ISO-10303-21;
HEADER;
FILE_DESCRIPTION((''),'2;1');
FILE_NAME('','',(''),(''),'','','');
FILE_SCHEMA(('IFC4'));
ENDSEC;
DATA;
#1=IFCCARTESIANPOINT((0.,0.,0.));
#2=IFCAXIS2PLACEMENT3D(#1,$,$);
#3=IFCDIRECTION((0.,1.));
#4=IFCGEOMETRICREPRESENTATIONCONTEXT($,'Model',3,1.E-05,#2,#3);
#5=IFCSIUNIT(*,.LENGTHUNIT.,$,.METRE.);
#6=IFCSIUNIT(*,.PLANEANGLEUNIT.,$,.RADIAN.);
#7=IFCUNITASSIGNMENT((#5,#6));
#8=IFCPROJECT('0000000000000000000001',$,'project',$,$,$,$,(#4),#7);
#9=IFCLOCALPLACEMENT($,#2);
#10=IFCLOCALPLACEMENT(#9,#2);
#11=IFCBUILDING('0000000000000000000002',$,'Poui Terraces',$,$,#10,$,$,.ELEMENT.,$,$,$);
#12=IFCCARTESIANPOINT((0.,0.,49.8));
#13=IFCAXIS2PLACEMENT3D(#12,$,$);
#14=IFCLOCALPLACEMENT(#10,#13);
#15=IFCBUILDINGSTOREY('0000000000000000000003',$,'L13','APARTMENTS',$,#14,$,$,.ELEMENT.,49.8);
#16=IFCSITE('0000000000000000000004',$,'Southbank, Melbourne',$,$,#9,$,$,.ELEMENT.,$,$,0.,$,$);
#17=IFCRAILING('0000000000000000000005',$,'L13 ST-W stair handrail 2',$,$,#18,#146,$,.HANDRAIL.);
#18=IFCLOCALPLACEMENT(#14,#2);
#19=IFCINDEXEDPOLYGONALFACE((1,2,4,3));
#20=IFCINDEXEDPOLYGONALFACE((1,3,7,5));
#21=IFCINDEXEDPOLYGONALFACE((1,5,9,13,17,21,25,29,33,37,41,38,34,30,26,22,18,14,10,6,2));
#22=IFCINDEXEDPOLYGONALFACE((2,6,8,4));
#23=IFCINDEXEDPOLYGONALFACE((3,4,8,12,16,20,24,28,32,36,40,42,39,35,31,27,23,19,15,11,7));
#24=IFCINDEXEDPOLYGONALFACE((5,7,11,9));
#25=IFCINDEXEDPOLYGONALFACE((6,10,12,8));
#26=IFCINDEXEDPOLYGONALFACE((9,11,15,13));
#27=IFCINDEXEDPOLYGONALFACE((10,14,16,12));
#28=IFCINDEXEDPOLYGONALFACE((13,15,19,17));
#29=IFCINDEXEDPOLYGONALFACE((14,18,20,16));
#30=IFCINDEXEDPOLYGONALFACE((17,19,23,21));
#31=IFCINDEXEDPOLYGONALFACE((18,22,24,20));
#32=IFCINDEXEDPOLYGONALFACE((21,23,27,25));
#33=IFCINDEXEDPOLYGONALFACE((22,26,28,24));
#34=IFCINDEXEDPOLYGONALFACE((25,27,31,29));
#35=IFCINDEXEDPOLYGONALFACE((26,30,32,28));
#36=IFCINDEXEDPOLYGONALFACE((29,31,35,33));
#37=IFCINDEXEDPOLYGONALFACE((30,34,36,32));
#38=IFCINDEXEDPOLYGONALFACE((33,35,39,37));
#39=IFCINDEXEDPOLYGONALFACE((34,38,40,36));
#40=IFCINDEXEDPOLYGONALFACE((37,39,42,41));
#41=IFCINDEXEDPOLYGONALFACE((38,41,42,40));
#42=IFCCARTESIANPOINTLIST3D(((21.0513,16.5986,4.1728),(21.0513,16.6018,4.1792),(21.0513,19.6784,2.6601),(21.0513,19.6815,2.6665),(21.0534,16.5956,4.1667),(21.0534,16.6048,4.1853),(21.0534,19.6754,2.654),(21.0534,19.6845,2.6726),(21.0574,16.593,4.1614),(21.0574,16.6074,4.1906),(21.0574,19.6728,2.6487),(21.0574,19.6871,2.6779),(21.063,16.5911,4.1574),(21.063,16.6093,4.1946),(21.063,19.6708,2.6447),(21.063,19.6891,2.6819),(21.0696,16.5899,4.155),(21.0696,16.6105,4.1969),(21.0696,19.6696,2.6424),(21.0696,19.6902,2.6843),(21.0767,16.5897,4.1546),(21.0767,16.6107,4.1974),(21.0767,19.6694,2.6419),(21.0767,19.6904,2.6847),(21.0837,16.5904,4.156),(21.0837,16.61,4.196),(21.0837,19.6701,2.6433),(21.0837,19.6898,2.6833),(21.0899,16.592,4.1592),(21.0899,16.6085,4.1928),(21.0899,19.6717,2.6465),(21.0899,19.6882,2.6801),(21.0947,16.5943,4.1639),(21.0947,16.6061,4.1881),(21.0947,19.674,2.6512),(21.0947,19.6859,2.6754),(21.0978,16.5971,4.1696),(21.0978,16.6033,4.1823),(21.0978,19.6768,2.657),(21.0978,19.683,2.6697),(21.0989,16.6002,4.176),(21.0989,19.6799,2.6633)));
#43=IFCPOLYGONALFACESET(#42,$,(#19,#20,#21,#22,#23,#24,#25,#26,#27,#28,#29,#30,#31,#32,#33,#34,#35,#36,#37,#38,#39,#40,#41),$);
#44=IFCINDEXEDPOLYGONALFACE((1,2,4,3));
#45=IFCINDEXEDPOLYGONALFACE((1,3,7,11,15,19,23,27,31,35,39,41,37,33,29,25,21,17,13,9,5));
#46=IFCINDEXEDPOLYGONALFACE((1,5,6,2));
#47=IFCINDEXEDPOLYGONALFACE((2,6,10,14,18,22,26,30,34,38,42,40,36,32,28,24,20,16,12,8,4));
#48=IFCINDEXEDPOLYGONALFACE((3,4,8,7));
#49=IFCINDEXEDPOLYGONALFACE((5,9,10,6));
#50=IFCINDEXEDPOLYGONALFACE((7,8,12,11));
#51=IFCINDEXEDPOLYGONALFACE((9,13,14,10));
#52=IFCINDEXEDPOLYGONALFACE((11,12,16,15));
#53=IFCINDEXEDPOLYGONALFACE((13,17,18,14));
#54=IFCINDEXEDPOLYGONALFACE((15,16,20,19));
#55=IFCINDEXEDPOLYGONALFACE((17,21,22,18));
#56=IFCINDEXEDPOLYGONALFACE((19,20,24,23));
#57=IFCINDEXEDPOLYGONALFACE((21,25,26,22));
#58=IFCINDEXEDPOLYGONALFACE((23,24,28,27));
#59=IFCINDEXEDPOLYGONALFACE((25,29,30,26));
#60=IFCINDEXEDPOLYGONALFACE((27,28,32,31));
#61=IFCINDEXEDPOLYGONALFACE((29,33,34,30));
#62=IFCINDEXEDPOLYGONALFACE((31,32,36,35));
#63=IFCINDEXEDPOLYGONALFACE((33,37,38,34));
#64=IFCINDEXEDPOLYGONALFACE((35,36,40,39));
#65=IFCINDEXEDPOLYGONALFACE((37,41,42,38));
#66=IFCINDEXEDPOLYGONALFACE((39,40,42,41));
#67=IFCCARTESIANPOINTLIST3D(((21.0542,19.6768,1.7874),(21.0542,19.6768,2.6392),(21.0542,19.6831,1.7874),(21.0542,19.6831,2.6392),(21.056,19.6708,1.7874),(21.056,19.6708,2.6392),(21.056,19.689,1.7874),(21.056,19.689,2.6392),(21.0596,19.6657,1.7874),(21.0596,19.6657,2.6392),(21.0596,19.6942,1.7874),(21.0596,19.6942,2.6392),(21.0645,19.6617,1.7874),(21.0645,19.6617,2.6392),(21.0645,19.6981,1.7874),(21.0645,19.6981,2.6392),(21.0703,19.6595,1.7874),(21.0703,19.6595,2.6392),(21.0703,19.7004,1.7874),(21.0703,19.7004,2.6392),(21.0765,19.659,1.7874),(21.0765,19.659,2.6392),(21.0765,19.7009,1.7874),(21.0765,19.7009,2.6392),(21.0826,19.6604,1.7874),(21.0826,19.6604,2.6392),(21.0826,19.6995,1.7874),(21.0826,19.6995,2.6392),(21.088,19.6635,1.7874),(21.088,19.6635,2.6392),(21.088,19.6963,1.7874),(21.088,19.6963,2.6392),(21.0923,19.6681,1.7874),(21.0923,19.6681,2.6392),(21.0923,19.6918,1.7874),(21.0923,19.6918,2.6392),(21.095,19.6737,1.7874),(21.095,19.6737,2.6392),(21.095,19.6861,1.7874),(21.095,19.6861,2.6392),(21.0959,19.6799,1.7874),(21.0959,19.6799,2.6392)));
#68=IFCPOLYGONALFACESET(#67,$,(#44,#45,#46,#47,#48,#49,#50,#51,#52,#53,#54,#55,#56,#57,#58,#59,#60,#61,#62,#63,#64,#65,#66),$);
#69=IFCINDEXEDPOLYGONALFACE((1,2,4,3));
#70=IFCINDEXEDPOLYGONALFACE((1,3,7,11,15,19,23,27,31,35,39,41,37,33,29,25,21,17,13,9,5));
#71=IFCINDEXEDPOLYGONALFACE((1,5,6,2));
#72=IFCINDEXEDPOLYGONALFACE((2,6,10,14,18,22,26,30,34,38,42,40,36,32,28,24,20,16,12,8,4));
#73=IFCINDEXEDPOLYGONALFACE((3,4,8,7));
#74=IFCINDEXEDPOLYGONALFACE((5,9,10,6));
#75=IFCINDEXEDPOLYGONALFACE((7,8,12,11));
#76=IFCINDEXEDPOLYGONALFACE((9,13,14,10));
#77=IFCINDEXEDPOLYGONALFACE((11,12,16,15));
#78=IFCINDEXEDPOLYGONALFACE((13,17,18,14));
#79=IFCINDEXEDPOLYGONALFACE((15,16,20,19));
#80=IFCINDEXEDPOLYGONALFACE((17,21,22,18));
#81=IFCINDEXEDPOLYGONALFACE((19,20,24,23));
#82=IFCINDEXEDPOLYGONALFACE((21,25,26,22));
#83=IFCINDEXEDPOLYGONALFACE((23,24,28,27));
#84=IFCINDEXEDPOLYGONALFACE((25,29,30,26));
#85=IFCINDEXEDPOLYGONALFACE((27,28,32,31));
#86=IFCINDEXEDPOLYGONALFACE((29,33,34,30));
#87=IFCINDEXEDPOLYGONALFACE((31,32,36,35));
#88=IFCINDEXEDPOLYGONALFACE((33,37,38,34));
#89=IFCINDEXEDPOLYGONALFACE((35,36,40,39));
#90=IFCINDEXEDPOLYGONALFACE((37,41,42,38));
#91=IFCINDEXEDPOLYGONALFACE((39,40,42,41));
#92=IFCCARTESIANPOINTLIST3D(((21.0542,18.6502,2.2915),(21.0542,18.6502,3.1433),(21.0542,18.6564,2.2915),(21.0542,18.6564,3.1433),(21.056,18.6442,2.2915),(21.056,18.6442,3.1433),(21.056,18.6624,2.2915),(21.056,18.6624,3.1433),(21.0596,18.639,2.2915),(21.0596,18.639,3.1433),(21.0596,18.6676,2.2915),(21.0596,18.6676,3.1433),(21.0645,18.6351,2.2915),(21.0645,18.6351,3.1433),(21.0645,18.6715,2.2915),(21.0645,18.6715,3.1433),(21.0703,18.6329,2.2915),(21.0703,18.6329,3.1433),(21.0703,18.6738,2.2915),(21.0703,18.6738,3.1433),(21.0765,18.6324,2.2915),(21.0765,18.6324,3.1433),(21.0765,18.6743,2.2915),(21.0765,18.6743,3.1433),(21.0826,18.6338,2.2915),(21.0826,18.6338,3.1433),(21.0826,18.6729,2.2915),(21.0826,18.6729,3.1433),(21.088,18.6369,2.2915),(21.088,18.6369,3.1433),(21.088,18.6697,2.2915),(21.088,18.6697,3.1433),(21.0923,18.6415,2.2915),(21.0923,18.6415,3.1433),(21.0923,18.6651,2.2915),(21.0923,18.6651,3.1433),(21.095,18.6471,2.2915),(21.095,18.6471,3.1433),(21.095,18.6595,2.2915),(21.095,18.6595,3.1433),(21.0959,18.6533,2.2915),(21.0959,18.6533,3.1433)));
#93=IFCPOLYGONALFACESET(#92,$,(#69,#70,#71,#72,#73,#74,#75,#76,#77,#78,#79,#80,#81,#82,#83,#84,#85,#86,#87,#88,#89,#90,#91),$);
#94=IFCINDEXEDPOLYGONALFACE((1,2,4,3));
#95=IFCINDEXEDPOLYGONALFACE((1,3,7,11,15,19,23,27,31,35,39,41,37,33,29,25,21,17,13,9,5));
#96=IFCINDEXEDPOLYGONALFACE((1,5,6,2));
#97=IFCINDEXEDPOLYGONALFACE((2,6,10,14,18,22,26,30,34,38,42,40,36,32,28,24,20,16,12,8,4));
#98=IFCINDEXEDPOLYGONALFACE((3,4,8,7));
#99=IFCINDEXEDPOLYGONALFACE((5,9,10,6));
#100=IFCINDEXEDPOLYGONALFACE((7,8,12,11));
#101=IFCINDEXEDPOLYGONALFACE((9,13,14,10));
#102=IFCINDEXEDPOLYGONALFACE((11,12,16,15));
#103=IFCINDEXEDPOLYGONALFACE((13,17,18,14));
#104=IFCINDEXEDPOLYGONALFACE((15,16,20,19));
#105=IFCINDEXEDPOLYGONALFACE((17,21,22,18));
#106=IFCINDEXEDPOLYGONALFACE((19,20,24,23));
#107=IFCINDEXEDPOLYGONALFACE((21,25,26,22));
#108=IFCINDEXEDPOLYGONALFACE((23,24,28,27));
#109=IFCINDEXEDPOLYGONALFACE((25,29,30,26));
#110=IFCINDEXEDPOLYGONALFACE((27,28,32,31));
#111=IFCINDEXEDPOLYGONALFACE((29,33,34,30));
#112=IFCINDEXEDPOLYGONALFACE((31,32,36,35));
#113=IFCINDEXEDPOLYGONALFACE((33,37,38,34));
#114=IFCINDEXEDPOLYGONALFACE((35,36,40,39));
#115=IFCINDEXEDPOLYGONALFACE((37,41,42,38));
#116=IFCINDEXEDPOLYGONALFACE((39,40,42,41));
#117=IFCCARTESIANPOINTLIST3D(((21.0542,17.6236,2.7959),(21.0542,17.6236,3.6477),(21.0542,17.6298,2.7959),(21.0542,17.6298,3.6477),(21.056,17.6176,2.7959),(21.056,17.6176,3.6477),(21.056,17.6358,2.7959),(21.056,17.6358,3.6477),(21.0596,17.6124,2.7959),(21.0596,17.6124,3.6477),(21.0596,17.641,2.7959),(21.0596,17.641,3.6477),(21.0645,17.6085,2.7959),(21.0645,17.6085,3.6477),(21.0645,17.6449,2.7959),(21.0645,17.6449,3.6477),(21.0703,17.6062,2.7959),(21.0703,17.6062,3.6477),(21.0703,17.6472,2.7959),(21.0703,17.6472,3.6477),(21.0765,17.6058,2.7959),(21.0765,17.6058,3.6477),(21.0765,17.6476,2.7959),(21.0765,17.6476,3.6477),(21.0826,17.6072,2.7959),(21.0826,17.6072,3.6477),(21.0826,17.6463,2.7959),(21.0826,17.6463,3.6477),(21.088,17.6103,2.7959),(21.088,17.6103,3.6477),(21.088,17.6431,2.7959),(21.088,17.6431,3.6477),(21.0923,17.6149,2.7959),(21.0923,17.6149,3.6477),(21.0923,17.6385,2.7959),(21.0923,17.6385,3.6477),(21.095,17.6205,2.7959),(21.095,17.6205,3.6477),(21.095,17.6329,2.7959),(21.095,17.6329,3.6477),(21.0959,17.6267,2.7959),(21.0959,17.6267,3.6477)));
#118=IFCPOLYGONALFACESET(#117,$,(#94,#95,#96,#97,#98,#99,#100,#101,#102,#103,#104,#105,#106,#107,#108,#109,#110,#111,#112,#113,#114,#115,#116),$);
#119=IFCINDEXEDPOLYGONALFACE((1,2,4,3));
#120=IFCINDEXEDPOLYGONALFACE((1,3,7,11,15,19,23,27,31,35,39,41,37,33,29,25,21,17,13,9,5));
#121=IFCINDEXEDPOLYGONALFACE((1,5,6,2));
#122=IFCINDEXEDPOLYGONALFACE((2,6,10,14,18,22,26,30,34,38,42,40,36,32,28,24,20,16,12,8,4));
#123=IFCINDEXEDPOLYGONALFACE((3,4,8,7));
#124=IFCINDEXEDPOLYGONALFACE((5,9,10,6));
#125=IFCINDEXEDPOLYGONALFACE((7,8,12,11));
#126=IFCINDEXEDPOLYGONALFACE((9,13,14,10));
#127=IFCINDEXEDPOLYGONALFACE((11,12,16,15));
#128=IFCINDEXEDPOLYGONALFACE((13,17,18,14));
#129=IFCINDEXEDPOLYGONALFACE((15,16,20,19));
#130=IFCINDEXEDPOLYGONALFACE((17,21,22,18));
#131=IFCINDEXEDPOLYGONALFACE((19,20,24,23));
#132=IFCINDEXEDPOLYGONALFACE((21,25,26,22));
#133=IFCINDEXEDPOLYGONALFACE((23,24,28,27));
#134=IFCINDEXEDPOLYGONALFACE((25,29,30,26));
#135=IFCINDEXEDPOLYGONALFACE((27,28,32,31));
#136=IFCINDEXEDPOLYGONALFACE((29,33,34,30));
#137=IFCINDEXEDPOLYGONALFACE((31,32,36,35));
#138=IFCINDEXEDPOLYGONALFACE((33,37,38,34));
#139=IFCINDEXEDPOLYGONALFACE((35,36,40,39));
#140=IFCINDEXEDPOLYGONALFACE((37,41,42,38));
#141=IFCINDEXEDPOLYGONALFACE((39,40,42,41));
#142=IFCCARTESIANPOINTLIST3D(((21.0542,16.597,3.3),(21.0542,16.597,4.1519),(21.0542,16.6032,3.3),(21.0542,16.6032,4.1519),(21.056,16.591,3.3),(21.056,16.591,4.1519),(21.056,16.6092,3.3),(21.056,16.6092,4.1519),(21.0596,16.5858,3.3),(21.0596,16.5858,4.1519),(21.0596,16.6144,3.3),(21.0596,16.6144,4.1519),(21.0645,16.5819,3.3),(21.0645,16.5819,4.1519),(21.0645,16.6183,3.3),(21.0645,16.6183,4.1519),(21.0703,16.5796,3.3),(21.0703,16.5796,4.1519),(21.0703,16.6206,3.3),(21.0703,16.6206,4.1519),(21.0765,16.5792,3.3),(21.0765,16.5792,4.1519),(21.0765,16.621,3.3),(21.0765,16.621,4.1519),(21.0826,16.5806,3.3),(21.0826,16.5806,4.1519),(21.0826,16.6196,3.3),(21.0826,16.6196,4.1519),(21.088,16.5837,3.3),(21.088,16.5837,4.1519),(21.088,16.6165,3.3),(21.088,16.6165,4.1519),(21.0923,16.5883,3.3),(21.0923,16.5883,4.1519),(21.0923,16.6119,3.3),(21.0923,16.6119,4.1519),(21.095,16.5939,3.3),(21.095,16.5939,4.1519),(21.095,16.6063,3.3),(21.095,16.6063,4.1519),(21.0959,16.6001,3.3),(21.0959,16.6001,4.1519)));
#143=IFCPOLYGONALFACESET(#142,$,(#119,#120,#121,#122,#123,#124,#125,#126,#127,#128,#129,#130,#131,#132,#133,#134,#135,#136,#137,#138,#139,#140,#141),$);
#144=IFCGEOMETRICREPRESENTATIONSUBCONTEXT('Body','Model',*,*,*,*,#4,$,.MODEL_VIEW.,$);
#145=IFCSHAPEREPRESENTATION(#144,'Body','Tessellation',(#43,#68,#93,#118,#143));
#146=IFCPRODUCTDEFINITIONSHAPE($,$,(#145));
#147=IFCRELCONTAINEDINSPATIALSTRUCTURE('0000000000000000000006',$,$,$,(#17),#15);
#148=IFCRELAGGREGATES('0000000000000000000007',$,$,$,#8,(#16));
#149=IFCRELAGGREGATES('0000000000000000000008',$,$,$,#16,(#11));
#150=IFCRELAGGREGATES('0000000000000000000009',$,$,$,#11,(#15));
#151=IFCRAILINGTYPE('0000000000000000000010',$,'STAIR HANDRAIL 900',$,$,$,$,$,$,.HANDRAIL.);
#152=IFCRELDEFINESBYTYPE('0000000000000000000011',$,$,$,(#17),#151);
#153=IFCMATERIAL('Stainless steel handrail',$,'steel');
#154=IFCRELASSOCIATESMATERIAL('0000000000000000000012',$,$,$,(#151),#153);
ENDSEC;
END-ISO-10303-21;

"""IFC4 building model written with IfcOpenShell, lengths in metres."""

from ifc_helpers import new_model, si_unit, direction, frame, origin, origin_2d, place, context, subcontext, project, spatial, circle, extrude, material, type_object, element, save


model = new_model("IFC4")

# Units and contexts
model_context = context("Model", 3, precision=1e-05, world=origin(), true_north=direction((0.0, 1.0)))
body_context = subcontext(model_context, "Body", "Model", "MODEL_VIEW")
ifc_project = project(units=[si_unit("LENGTHUNIT", "METRE"), si_unit("PLANEANGLEUNIT", "RADIAN")], contexts=[model_context])

# Site, building, storey
site_placement = place(None, origin())
site = spatial("IfcSite", under=ifc_project, at=site_placement, Name="Southbank, Melbourne", CompositionType="ELEMENT", RefElevation=0.0)
building_placement = place(site_placement, origin())
building = spatial("IfcBuilding", under=site, at=building_placement, Name="Poui Terraces", CompositionType="ELEMENT")
storey_placement = place(building_placement, frame((0.0, 0.0, 49.8)))
storey = spatial("IfcBuildingStorey", under=building, at=storey_placement, Name="L13", Description="APARTMENTS", CompositionType="ELEMENT", Elevation=49.8)

# Railing
ifc_material_1 = material(Name="Stainless steel handrail", Category="steel")
railing_type_1 = type_object("IfcRailingType", Name="STAIR HANDRAIL 900", PredefinedType="HANDRAIL", material=ifc_material_1)
railing_1_placement = place(storey_placement, frame((21.075, 19.6799, 1.7874)))
element("IfcRailing", 1, at=railing_1_placement, inside=storey, type_object=railing_type_1, Name="L13 ST-W stair handrail 2", PredefinedType="HANDRAIL", context=body_context, shape_type="SweptSolid", body=[
    extrude(circle(Radius=0.0239, at=origin_2d()), frame((0.0, 0.0, 0.876), z_axis=(0.0, -0.897578, 0.440856), x_axis=(1.0, 0.0, 0.0)), (0.0, 0.0, 1.0), 3.4312),
    extrude(circle(Radius=0.021, at=origin_2d()), origin(), (0.0, 0.0, 1.0), 0.8518),
    extrude(circle(Radius=0.021, at=origin_2d()), frame((0.0, -1.0266, 0.5042)), (0.0, 0.0, 1.0), 0.8518),
    extrude(circle(Radius=0.021, at=origin_2d()), frame((0.0, -2.0532, 1.0085)), (0.0, 0.0, 1.0), 0.8518),
    extrude(circle(Radius=0.021, at=origin_2d()), frame((0.0, -3.0798, 1.5127)), (0.0, 0.0, 1.0), 0.8518),
])

save(model, "model.ifc")
